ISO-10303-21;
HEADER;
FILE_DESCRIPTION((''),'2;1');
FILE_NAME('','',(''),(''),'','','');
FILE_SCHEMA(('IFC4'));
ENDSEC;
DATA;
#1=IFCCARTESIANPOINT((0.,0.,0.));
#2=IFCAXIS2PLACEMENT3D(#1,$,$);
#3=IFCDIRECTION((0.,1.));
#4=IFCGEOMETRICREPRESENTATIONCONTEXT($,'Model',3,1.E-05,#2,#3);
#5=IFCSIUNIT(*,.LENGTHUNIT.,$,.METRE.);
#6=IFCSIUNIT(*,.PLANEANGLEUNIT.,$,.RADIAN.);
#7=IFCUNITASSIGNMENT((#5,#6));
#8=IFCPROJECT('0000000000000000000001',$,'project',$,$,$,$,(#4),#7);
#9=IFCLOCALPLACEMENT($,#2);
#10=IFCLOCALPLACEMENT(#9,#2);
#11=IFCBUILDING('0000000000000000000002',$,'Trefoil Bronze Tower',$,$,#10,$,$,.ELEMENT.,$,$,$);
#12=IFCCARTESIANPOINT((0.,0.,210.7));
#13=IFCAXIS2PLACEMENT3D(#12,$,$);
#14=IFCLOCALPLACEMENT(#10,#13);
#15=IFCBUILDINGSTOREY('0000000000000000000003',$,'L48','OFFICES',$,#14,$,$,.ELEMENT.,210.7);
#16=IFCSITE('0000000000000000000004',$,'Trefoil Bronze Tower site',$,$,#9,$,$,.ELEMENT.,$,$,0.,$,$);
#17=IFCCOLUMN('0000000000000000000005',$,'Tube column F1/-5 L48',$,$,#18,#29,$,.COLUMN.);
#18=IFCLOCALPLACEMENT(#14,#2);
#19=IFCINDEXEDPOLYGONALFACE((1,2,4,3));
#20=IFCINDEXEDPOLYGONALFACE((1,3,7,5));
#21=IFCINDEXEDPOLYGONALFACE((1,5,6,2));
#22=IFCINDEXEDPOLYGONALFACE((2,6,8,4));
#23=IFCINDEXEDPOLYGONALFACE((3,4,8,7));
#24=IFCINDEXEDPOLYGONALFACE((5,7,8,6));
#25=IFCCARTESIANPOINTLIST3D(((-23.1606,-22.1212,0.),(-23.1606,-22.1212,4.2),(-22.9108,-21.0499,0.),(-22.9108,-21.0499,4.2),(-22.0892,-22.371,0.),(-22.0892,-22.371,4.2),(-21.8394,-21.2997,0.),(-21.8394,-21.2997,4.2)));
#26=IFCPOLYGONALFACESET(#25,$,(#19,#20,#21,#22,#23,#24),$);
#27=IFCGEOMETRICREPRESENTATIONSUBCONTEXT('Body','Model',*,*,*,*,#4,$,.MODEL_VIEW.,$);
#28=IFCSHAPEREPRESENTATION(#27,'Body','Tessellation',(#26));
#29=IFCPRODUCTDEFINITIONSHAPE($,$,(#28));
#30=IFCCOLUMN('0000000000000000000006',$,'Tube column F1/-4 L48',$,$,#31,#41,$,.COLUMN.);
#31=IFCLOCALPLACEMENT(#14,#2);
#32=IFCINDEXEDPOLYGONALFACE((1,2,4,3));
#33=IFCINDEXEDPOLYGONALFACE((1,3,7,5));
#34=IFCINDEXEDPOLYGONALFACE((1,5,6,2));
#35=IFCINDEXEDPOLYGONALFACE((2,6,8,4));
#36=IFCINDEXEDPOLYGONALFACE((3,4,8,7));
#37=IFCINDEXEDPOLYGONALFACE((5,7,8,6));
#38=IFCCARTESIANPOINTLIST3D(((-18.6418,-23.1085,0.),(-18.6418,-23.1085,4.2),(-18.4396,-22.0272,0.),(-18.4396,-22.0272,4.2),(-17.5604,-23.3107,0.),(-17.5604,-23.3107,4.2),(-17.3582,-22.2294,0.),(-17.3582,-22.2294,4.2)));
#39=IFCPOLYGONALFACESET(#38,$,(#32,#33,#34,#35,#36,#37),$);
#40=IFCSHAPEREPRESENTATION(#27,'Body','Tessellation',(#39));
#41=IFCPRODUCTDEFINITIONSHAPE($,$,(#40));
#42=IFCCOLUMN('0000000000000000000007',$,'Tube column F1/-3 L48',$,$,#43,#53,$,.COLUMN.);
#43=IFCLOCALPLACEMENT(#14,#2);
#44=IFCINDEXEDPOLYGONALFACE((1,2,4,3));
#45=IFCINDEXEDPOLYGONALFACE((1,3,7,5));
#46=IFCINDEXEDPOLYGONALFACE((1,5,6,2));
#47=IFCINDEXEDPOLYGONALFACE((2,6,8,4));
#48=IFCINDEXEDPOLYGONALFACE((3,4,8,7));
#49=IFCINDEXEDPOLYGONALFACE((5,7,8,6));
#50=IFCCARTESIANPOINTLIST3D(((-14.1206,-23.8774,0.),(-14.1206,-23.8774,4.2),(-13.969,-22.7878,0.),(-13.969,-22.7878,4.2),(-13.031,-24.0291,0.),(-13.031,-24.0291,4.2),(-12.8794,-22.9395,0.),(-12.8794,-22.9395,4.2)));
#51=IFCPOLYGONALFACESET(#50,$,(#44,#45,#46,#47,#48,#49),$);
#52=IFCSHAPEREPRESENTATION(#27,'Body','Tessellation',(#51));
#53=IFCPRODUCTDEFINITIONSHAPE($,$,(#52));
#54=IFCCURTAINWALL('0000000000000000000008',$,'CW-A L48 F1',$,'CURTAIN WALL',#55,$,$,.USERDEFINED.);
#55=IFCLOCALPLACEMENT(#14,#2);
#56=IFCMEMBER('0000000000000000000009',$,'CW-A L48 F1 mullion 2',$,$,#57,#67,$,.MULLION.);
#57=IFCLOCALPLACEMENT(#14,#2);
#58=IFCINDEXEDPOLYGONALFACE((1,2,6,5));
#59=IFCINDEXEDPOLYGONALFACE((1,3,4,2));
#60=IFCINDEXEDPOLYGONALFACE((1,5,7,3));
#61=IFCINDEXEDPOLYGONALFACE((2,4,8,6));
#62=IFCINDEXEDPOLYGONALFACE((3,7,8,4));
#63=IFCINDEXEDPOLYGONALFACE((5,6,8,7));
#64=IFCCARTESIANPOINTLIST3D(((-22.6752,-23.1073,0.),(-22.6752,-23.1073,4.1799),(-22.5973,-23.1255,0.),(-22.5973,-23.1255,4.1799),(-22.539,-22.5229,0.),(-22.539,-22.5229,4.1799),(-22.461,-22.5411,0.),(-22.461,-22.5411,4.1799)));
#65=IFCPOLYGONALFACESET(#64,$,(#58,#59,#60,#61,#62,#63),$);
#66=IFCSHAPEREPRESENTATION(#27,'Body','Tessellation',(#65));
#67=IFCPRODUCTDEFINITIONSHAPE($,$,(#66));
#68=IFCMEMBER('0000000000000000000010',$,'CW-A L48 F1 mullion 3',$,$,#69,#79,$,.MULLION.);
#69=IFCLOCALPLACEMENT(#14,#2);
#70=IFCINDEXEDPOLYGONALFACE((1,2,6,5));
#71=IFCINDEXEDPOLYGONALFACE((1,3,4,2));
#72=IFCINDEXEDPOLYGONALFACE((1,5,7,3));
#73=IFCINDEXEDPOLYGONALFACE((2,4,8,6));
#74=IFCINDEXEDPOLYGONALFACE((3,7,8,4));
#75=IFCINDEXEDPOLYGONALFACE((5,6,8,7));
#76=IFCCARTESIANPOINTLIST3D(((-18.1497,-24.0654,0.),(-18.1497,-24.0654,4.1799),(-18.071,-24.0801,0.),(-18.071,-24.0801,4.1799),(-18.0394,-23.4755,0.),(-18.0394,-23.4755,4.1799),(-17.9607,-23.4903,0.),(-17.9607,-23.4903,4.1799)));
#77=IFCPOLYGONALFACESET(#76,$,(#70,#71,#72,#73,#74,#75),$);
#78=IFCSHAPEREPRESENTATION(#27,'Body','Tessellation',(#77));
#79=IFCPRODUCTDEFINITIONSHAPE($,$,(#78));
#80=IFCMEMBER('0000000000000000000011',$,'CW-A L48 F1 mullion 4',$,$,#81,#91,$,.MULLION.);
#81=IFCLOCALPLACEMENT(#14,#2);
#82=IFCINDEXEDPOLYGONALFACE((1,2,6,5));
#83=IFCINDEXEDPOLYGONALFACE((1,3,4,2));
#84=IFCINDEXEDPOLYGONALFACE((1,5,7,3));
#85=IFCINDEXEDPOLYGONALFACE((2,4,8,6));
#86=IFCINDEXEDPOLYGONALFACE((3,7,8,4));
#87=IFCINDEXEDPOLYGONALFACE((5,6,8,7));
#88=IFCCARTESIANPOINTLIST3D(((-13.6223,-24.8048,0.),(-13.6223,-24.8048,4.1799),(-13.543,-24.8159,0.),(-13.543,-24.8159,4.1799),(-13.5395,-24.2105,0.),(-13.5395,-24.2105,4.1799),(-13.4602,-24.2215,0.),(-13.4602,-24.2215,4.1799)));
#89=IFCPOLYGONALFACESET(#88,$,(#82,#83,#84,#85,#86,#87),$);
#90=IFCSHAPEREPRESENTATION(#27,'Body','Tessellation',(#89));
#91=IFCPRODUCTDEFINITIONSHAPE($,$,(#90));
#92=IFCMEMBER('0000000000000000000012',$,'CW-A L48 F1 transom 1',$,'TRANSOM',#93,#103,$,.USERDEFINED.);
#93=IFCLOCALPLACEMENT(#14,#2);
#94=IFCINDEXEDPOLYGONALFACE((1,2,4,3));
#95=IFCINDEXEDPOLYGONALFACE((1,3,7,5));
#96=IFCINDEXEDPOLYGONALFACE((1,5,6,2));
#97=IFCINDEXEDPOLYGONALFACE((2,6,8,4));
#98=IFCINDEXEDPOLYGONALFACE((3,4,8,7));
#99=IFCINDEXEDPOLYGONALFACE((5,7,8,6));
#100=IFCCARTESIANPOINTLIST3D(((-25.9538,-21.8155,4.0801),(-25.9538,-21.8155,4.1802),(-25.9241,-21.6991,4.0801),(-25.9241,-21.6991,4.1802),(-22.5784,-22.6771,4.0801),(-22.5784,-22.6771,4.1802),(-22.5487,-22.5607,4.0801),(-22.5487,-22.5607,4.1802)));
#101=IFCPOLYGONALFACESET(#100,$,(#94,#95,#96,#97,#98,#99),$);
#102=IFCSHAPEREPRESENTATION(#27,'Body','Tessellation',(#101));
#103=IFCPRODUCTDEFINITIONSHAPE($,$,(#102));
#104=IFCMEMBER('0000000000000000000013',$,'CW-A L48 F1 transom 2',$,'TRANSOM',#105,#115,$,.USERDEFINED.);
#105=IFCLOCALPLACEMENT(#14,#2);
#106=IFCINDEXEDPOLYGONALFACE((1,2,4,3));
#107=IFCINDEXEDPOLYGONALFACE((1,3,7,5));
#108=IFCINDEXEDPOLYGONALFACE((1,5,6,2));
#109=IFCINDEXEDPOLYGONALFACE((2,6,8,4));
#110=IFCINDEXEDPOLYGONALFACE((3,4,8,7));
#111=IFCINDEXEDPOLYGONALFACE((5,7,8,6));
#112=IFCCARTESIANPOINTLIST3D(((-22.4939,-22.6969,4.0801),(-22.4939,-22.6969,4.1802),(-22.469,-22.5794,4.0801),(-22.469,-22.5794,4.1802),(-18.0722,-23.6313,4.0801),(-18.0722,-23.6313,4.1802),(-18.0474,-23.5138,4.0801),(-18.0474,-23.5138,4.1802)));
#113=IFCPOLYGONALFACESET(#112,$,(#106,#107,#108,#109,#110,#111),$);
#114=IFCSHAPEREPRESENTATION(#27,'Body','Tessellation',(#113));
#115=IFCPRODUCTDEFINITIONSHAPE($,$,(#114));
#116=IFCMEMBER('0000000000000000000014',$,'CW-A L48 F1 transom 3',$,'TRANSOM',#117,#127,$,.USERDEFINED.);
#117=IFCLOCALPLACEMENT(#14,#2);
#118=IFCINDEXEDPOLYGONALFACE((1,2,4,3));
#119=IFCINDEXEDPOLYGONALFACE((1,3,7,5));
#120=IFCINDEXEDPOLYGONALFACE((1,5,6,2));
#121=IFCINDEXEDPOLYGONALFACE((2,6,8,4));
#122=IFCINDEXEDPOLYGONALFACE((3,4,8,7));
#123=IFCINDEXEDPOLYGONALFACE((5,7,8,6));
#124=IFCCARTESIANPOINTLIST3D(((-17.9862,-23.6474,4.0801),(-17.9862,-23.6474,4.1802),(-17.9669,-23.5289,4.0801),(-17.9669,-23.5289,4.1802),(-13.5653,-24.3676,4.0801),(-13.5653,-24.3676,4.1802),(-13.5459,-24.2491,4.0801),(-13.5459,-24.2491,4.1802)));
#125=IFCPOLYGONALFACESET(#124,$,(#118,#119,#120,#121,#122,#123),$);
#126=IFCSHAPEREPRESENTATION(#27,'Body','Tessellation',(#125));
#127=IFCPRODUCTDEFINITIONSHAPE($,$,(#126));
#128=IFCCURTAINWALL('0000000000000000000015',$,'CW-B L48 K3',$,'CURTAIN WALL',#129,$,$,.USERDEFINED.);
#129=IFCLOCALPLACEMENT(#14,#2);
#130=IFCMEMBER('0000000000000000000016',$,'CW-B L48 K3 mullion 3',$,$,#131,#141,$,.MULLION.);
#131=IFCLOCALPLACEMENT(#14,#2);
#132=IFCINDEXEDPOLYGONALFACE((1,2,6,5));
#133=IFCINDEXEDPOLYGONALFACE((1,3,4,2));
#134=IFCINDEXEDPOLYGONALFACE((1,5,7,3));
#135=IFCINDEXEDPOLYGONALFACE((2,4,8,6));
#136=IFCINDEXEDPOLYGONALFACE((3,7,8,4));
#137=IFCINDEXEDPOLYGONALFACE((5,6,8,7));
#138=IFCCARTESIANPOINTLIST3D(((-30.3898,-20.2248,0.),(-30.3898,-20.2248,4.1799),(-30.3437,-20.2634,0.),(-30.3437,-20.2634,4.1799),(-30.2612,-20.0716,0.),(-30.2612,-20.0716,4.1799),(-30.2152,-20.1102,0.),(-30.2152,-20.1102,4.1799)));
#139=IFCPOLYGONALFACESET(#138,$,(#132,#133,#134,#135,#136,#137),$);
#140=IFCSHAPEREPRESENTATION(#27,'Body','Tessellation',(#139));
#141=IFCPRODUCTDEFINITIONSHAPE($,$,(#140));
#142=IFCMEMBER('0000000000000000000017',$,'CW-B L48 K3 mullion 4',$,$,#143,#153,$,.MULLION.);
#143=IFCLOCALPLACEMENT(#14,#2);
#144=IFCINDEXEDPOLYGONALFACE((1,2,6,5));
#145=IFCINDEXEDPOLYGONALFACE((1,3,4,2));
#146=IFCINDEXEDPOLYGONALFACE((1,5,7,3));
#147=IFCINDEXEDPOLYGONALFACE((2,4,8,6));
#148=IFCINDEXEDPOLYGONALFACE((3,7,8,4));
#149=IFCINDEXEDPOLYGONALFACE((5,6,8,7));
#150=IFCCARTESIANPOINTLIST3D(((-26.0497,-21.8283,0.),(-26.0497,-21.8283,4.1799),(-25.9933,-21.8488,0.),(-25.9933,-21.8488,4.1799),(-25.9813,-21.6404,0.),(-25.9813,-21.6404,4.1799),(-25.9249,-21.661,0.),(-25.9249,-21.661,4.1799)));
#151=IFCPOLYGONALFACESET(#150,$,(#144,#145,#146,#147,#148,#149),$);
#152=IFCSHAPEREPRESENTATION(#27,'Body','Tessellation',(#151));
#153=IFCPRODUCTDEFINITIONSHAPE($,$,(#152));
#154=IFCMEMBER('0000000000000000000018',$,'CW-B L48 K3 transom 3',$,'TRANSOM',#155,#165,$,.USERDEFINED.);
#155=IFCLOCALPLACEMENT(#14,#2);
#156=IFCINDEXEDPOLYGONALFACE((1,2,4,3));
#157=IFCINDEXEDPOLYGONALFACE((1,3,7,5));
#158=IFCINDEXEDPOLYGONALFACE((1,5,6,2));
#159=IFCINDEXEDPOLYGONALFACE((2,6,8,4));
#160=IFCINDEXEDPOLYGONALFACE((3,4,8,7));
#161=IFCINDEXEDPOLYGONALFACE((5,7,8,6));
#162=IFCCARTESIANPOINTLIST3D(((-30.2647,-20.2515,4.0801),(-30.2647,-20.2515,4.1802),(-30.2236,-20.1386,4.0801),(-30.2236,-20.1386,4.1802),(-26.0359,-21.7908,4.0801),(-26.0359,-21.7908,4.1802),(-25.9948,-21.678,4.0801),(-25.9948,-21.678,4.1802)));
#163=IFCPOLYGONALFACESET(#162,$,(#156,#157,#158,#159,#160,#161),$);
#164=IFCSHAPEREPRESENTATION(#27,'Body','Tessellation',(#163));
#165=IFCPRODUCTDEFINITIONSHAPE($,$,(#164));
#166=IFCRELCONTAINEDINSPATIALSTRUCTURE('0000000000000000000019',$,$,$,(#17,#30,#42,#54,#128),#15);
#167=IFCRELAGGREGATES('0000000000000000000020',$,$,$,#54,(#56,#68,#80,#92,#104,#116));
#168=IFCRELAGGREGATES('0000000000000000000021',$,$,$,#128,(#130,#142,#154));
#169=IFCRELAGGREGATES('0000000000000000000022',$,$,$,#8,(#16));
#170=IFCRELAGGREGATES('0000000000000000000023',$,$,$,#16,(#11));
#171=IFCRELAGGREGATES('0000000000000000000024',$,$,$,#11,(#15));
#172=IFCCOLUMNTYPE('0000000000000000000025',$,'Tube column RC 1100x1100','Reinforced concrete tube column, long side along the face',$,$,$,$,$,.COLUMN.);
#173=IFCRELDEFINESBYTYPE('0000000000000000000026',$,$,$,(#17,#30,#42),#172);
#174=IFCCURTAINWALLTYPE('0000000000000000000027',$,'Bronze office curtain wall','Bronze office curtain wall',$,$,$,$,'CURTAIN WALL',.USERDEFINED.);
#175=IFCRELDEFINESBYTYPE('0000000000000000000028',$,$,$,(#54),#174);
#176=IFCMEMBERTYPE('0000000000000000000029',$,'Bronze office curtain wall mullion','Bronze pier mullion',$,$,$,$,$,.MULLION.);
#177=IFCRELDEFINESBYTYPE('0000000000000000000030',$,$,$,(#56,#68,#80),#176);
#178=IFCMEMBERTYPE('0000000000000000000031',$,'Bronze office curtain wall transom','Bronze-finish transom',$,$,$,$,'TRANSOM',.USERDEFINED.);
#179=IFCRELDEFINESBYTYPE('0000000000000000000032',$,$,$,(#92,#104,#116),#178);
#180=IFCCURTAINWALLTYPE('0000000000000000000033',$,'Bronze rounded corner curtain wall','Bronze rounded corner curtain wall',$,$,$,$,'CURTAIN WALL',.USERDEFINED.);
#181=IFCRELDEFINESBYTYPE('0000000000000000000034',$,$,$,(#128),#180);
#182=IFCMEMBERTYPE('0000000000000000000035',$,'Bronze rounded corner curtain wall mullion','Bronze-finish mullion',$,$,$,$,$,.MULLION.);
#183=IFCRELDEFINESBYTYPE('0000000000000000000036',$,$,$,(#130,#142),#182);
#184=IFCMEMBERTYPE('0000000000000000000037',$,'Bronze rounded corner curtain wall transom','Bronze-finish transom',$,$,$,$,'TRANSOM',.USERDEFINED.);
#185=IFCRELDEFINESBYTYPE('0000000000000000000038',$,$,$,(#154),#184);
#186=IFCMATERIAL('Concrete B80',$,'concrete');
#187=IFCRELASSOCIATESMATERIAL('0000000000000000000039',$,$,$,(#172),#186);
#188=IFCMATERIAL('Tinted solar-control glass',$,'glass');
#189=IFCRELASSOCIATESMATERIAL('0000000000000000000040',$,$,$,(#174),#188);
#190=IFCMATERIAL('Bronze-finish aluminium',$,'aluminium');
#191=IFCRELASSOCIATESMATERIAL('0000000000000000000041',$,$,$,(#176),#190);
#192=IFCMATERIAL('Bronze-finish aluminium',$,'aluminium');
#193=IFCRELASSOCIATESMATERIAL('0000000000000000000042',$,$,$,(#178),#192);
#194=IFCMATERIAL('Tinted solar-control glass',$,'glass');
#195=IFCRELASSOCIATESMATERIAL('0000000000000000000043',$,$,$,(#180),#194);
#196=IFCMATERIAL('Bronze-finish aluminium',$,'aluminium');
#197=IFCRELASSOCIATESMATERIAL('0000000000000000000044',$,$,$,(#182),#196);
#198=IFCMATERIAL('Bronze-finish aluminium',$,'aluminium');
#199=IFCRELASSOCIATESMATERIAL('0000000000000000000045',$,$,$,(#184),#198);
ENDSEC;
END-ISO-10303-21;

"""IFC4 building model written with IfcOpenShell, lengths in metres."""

from ifc_helpers import new_model, si_unit, direction, frame, origin, origin_2d, place, context, subcontext, project, spatial, rectangle, extrude, material, material_profile, profile_set, type_object, element, aggregate, save


model = new_model("IFC4")

# Units and contexts
model_context = context("Model", 3, precision=1e-05, world=origin(), true_north=direction((0.0, 1.0)))
body_context = subcontext(model_context, "Body", "Model", "MODEL_VIEW")
ifc_project = project(units=[si_unit("LENGTHUNIT", "METRE"), si_unit("PLANEANGLEUNIT", "RADIAN")], contexts=[model_context])

# Site, building, storey
site_placement = place(None, origin())
site = spatial("IfcSite", under=ifc_project, at=site_placement, Name="Trefoil Bronze Tower site", CompositionType="ELEMENT", RefElevation=0.0)
building_placement = place(site_placement, origin())
building = spatial("IfcBuilding", under=site, at=building_placement, Name="Trefoil Bronze Tower", CompositionType="ELEMENT")
storey_placement = place(building_placement, frame((0.0, 0.0, 210.7)))
storey = spatial("IfcBuildingStorey", under=building, at=storey_placement, Name="L48", Description="OFFICES", CompositionType="ELEMENT", Elevation=210.7)

# Columns
ifc_material_1 = material(Name="Concrete B80", Category="concrete")
ifc_material_profile_1 = material_profile(ifc_material_1, rectangle(XDim=1.1001, YDim=1.1001, at=origin_2d()), Name="RC 1100x1100")
ifc_profile_set_1 = profile_set([ifc_material_profile_1], Name="Concrete B80")
column_type = type_object("IfcColumnType", Name="Tube column RC 1100x1100", Description="Reinforced concrete tube column, long side along the face", PredefinedType="COLUMN", material=ifc_profile_set_1)
for number, where, z_axis, x_axis, name in (
    (1, (-22.5, -21.7104, 0.0), (0.0, 0.0, 1.0), (0.973875, -0.227083, 0.0), "Tube column F1/-5 L48"),
    (2, (-18.0, -22.6689, 0.0), (0.0, 0.0, 1.0), (0.982959, -0.183825, 0.0), "Tube column F1/-4 L48"),
    (3, (-13.5, -23.4084, 0.0), (0.0, 0.0, 1.0), (0.990451, -0.137868, 0.0), "Tube column F1/-3 L48"),
):
    element("IfcColumn", number, at=place(storey_placement, frame(where, z_axis=z_axis, x_axis=x_axis)), inside=storey, type_object=column_type, Name=name, PredefinedType="COLUMN", context=body_context, shape_type="SweptSolid", body=[
        extrude(rectangle(XDim=1.1001, YDim=1.1001, at=origin_2d()), origin(), (0.0, 0.0, 1.0), 4.2),
    ])

# Curtain walls, members
ifc_material_2 = material(Name="Tinted solar-control glass", Category="glass")
curtain_wall_type_1 = type_object("IfcCurtainWallType", Name="Bronze office curtain wall", Description="Bronze office curtain wall", ElementType="CURTAIN WALL", PredefinedType="USERDEFINED", material=ifc_material_2)
curtain_wall_1_placement = place(storey_placement, origin())
curtain_wall_1 = element("IfcCurtainWall", 4, at=curtain_wall_1_placement, inside=storey, type_object=curtain_wall_type_1, Name="CW-A L48 F1", ObjectType="CURTAIN WALL", PredefinedType="USERDEFINED")
ifc_material_3 = material(Name="Bronze-finish aluminium", Category="aluminium")
ifc_material_profile_2 = material_profile(ifc_material_3, rectangle(XDim=0.6001, YDim=0.0801, at=origin_2d()), Name="CW-A mullion")
ifc_profile_set_2 = profile_set([ifc_material_profile_2], Name="Bronze-finish aluminium")
member_type_1 = type_object("IfcMemberType", Name="Bronze office curtain wall mullion", Description="Bronze pier mullion", PredefinedType="MULLION", material=ifc_profile_set_2)
member_1_placement = place(storey_placement, frame((-22.5681, -22.8242, 0.0), z_axis=(0.0, 0.0, 1.0), x_axis=(0.227083, 0.973875, 0.0)))
member_1 = element("IfcMember", 5, at=member_1_placement, type_object=member_type_1, Name="CW-A L48 F1 mullion 2", PredefinedType="MULLION", context=body_context, shape_type="SweptSolid", body=[
    extrude(rectangle(XDim=0.6001, YDim=0.0801, at=origin_2d()), origin(), (0.0, 0.0, 1.0), 4.1799),
])
member_2_placement = place(storey_placement, frame((-18.0552, -23.7778, 0.0), z_axis=(0.0, 0.0, 1.0), x_axis=(0.183825, 0.982959, 0.0)))
member_2 = element("IfcMember", 6, at=member_2_placement, type_object=member_type_1, Name="CW-A L48 F1 mullion 3", PredefinedType="MULLION", context=body_context, shape_type="SweptSolid", body=[
    extrude(rectangle(XDim=0.6001, YDim=0.0801, at=origin_2d()), origin(), (0.0, 0.0, 1.0), 4.1799),
])
member_3_placement = place(storey_placement, frame((-13.5413, -24.5132, 0.0), z_axis=(0.0, 0.0, 1.0), x_axis=(0.137868, 0.990451, 0.0)))
member_3 = element("IfcMember", 7, at=member_3_placement, type_object=member_type_1, Name="CW-A L48 F1 mullion 4", PredefinedType="MULLION", context=body_context, shape_type="SweptSolid", body=[
    extrude(rectangle(XDim=0.6001, YDim=0.0801, at=origin_2d()), origin(), (0.0, 0.0, 1.0), 4.1799),
])
ifc_material_4 = material(Name="Bronze-finish aluminium", Category="aluminium")
ifc_material_profile_3 = material_profile(ifc_material_4, rectangle(XDim=0.1201, YDim=0.1001, at=origin_2d()), Name="CW-A transom")
ifc_profile_set_3 = profile_set([ifc_material_profile_3], Name="Bronze-finish aluminium")
member_type_2 = type_object("IfcMemberType", Name="Bronze office curtain wall transom", Description="Bronze-finish transom", ElementType="TRANSOM", PredefinedType="USERDEFINED", material=ifc_profile_set_3)
member_4_placement = place(storey_placement, frame((-25.939, -21.7573, 4.1301), z_axis=(0.968935, -0.247315, 0.0), x_axis=(0.247315, 0.968935, 0.0)))
member_4 = element("IfcMember", 8, at=member_4_placement, type_object=member_type_2, Name="CW-A L48 F1 transom 1", ObjectType="TRANSOM", PredefinedType="USERDEFINED", context=body_context, shape_type="SweptSolid", body=[
    extrude(rectangle(XDim=0.1201, YDim=0.1001, at=origin_2d()), origin(), (0.0, 0.0, 1.0), 3.4836),
])
member_5_placement = place(storey_placement, frame((-22.4814, -22.6382, 4.1301), z_axis=(0.978395, -0.206743, 0.0), x_axis=(0.206743, 0.978395, 0.0)))
member_5 = element("IfcMember", 9, at=member_5_placement, type_object=member_type_2, Name="CW-A L48 F1 transom 2", ObjectType="TRANSOM", PredefinedType="USERDEFINED", context=body_context, shape_type="SweptSolid", body=[
    extrude(rectangle(XDim=0.1201, YDim=0.1001, at=origin_2d()), origin(), (0.0, 0.0, 1.0), 4.5193),
])
member_6_placement = place(storey_placement, frame((-17.9766, -23.5881, 4.1301), z_axis=(0.986988, -0.160792, 0.0), x_axis=(0.160792, 0.986988, 0.0)))
member_6 = element("IfcMember", 10, at=member_6_placement, type_object=member_type_2, Name="CW-A L48 F1 transom 3", ObjectType="TRANSOM", PredefinedType="USERDEFINED", context=body_context, shape_type="SweptSolid", body=[
    extrude(rectangle(XDim=0.1201, YDim=0.1001, at=origin_2d()), origin(), (0.0, 0.0, 1.0), 4.4792),
])
ifc_material_5 = material(Name="Tinted solar-control glass", Category="glass")
curtain_wall_type_2 = type_object("IfcCurtainWallType", Name="Bronze rounded corner curtain wall", Description="Bronze rounded corner curtain wall", ElementType="CURTAIN WALL", PredefinedType="USERDEFINED", material=ifc_material_5)
curtain_wall_2_placement = place(storey_placement, origin())
curtain_wall_2 = element("IfcCurtainWall", 11, at=curtain_wall_2_placement, inside=storey, type_object=curtain_wall_type_2, Name="CW-B L48 K3", ObjectType="CURTAIN WALL", PredefinedType="USERDEFINED")
ifc_material_6 = material(Name="Bronze-finish aluminium", Category="aluminium")
ifc_material_profile_4 = material_profile(ifc_material_6, rectangle(XDim=0.2, YDim=0.0601, at=origin_2d()), Name="CW-B mullion")
ifc_profile_set_4 = profile_set([ifc_material_profile_4], Name="Bronze-finish aluminium")
member_type_3 = type_object("IfcMemberType", Name="Bronze rounded corner curtain wall mullion", Description="Bronze-finish mullion", PredefinedType="MULLION", material=ifc_profile_set_4)
member_7_placement = place(storey_placement, frame((-30.3025, -20.1675, 0.0), z_axis=(0.0, 0.0, 1.0), x_axis=(0.642788, 0.766044, 0.0)))
member_7 = element("IfcMember", 12, at=member_7_placement, type_object=member_type_3, Name="CW-B L48 K3 mullion 3", PredefinedType="MULLION", context=body_context, shape_type="SweptSolid", body=[
    extrude(rectangle(XDim=0.2, YDim=0.0601, at=origin_2d()), origin(), (0.0, 0.0, 1.0), 4.1799),
])
member_8_placement = place(storey_placement, frame((-25.9873, -21.7446, 0.0), z_axis=(0.0, 0.0, 1.0), x_axis=(0.34202, 0.939693, 0.0)))
member_8 = element("IfcMember", 13, at=member_8_placement, type_object=member_type_3, Name="CW-B L48 K3 mullion 4", PredefinedType="MULLION", context=body_context, shape_type="SweptSolid", body=[
    extrude(rectangle(XDim=0.2, YDim=0.0601, at=origin_2d()), origin(), (0.0, 0.0, 1.0), 4.1799),
])
ifc_material_7 = material(Name="Bronze-finish aluminium", Category="aluminium")
ifc_material_profile_5 = material_profile(ifc_material_7, rectangle(XDim=0.1201, YDim=0.1001, at=origin_2d()), Name="CW-B transom")
ifc_profile_set_5 = profile_set([ifc_material_profile_5], Name="Bronze-finish aluminium")
member_type_4 = type_object("IfcMemberType", Name="Bronze rounded corner curtain wall transom", Description="Bronze-finish transom", ElementType="TRANSOM", PredefinedType="USERDEFINED", material=ifc_profile_set_5)
member_9_placement = place(storey_placement, frame((-30.2441, -20.1951, 4.1301), z_axis=(0.939681, -0.342052, 0.0), x_axis=(0.342052, 0.939681, 0.0)))
member_9 = element("IfcMember", 14, at=member_9_placement, type_object=member_type_4, Name="CW-B L48 K3 transom 3", ObjectType="TRANSOM", PredefinedType="USERDEFINED", context=body_context, shape_type="SweptSolid", body=[
    extrude(rectangle(XDim=0.1201, YDim=0.1001, at=origin_2d()), origin(), (0.0, 0.0, 1.0), 4.5002),
])

aggregate(curtain_wall_1, [member_1, member_2, member_3, member_4, member_5, member_6])
aggregate(curtain_wall_2, [member_7, member_8, member_9])

save(model, "model.ifc")
